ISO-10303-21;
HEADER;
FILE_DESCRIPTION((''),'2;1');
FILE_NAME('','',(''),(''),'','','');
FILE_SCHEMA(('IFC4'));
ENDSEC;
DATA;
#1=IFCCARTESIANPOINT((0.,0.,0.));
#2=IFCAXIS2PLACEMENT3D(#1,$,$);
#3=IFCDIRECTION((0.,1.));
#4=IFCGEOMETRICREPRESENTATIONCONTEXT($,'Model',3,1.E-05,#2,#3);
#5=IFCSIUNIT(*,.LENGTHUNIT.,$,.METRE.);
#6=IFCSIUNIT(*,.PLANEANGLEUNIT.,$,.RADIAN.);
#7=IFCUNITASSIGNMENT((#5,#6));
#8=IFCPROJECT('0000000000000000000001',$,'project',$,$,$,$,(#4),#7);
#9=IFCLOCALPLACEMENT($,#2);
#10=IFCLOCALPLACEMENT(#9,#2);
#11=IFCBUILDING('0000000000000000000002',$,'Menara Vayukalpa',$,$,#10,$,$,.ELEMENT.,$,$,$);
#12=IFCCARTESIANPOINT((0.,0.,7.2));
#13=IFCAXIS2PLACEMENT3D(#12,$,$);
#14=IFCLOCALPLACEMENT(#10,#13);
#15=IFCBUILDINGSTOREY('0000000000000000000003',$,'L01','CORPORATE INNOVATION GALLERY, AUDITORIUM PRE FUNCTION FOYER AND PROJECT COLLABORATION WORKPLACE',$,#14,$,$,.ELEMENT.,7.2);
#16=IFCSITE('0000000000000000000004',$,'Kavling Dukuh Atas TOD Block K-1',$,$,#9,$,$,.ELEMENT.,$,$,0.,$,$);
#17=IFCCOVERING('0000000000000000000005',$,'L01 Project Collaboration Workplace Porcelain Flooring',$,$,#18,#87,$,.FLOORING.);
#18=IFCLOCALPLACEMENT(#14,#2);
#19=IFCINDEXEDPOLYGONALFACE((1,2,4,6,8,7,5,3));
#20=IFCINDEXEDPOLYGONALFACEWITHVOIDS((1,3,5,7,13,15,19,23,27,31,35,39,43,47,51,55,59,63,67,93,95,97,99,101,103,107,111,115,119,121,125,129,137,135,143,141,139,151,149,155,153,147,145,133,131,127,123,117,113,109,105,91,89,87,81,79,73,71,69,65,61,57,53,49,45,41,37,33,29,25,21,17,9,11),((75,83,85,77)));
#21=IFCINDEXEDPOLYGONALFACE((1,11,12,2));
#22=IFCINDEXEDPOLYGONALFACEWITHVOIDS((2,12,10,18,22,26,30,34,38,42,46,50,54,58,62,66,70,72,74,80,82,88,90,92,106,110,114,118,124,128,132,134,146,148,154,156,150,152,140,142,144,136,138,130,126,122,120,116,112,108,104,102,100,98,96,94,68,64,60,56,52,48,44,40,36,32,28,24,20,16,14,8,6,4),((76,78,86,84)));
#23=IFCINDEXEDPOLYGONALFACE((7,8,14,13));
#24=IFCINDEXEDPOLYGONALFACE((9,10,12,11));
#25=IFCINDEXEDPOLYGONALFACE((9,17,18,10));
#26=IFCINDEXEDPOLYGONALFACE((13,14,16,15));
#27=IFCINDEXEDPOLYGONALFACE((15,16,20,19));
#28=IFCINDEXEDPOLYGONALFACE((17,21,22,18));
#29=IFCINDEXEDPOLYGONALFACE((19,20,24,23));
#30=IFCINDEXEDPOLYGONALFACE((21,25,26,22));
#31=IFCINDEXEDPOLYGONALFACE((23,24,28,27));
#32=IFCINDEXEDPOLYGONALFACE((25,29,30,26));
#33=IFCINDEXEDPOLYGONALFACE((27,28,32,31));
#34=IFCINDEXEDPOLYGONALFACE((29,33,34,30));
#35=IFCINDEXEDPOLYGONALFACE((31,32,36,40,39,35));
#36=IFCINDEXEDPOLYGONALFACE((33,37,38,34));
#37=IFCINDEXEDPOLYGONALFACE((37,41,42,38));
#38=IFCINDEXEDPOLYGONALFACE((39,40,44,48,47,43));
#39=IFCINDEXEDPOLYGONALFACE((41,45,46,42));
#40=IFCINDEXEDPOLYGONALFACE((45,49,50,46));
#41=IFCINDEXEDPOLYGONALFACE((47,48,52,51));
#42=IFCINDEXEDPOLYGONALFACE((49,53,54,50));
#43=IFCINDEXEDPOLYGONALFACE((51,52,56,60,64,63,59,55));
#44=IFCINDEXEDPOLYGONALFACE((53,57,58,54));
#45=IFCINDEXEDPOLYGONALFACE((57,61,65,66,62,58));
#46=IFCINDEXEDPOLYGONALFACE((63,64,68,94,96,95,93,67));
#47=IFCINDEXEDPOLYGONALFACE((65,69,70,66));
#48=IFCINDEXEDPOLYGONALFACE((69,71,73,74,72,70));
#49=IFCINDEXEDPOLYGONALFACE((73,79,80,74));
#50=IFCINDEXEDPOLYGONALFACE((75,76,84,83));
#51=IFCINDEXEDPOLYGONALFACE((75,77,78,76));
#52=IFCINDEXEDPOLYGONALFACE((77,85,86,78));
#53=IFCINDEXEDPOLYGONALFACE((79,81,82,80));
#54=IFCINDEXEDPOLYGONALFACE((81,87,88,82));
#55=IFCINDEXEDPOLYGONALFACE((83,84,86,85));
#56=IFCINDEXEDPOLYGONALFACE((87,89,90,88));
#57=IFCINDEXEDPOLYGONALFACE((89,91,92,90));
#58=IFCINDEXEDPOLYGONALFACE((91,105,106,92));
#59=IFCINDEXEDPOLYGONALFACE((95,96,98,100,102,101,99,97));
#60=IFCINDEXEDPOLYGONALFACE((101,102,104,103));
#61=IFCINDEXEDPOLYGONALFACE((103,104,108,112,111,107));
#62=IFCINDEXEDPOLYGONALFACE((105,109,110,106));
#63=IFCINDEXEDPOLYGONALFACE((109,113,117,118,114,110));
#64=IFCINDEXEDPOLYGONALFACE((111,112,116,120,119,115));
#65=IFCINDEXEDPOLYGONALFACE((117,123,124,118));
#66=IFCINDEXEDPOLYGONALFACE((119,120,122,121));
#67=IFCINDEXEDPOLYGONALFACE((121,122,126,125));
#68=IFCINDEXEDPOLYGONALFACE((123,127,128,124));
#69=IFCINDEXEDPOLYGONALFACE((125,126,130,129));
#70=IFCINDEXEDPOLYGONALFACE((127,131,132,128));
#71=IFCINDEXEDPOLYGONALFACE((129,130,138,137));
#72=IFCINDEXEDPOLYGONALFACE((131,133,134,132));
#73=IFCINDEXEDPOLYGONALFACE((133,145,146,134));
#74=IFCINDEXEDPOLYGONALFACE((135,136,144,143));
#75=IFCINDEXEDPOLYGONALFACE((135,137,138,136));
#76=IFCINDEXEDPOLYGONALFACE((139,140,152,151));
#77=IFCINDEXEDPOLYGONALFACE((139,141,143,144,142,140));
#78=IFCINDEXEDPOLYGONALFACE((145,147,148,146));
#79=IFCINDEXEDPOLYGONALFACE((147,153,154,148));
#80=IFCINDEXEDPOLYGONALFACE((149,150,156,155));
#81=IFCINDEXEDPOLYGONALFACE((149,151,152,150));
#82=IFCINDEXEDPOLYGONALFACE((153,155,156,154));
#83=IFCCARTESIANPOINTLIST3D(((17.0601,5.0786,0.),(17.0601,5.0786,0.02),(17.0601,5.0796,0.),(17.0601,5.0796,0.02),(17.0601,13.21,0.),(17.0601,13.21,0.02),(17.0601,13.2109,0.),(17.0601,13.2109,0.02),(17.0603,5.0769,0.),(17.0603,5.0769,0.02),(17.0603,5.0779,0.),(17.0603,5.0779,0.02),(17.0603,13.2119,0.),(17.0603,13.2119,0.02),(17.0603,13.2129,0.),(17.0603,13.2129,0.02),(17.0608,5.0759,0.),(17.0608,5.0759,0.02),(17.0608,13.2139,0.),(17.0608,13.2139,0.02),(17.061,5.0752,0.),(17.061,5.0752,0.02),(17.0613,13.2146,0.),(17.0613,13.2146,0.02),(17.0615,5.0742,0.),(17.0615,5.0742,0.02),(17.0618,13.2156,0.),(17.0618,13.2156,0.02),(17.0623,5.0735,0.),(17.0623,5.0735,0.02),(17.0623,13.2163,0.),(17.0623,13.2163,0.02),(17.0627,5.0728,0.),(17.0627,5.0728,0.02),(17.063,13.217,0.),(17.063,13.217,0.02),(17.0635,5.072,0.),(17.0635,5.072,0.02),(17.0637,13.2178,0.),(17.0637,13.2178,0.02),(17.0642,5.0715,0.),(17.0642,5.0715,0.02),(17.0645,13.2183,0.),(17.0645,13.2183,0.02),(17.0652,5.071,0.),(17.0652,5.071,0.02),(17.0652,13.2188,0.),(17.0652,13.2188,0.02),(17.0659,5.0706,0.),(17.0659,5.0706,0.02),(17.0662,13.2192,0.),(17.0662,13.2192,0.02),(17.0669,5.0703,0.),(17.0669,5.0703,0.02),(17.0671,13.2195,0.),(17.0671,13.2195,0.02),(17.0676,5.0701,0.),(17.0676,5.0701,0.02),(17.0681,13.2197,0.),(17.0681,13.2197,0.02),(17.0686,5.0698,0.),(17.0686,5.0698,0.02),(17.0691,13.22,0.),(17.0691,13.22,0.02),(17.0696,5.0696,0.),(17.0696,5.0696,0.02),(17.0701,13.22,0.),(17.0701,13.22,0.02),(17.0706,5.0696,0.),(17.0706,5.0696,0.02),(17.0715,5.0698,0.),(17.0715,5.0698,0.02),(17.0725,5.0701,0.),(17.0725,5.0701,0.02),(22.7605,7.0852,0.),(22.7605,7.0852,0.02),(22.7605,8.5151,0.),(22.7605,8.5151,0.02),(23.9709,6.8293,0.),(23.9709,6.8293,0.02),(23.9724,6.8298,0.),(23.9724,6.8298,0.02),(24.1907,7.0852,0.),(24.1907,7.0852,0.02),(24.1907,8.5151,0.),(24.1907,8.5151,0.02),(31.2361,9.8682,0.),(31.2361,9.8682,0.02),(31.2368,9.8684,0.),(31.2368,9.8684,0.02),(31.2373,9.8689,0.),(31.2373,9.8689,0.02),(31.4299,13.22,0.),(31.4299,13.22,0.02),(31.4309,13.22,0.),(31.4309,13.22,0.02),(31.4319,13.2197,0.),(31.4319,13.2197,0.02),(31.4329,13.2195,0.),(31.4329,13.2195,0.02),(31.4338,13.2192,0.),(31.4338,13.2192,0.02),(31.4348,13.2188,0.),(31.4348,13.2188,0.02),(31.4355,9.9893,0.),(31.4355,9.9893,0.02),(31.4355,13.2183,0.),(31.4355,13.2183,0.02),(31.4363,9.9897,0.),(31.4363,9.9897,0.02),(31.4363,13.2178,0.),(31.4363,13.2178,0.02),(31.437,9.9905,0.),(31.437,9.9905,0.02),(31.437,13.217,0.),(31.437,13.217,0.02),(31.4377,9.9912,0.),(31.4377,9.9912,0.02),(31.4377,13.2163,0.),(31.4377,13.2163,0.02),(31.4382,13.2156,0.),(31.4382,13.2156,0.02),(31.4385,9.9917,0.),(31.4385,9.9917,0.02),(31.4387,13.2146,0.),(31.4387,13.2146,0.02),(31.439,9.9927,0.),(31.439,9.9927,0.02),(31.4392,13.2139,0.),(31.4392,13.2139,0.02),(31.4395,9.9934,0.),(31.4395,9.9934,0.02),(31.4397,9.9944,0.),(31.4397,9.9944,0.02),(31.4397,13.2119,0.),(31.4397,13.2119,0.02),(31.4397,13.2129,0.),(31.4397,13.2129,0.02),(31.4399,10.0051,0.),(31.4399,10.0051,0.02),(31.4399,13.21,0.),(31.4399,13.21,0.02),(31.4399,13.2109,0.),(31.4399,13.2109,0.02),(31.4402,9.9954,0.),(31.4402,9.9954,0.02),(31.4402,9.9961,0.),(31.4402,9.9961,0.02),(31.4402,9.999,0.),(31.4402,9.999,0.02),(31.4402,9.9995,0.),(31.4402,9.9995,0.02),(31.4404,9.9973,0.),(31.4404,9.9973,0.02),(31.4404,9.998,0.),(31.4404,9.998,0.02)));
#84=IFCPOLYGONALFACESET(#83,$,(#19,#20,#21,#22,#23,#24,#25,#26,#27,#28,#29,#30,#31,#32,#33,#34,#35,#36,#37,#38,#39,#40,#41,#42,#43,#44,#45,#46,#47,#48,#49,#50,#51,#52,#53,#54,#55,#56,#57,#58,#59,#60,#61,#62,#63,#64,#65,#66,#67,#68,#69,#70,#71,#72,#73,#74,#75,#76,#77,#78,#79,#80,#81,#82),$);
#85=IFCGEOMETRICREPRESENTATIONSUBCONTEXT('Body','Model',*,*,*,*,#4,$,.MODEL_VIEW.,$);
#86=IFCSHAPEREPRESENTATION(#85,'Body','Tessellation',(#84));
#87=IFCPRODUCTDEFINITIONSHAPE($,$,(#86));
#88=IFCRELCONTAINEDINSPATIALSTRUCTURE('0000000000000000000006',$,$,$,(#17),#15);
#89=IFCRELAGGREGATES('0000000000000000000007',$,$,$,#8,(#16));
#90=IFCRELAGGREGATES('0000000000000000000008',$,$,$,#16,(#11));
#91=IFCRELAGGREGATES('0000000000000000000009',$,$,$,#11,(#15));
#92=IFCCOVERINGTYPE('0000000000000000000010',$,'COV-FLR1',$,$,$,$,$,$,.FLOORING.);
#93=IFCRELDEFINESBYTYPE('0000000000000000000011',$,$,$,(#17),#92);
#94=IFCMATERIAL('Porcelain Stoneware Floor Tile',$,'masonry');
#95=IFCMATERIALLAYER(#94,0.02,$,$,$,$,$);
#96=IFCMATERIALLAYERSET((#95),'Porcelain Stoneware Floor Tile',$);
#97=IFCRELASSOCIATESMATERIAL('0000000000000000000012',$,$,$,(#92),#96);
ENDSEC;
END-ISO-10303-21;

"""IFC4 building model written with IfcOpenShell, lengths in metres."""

from ifc_helpers import new_model, si_unit, direction, frame, origin, place, context, subcontext, project, spatial, polyline, outline, extrude, material, layer, layer_set, type_object, element, save


model = new_model("IFC4")

# Units and contexts
model_context = context("Model", 3, precision=1e-05, world=origin(), true_north=direction((0.0, 1.0)))
body_context = subcontext(model_context, "Body", "Model", "MODEL_VIEW")
ifc_project = project(units=[si_unit("LENGTHUNIT", "METRE"), si_unit("PLANEANGLEUNIT", "RADIAN")], contexts=[model_context])

# Site, building, storey
site_placement = place(None, origin())
site = spatial("IfcSite", under=ifc_project, at=site_placement, Name="Kavling Dukuh Atas TOD Block K-1", CompositionType="ELEMENT", RefElevation=0.0)
building_placement = place(site_placement, origin())
building = spatial("IfcBuilding", under=site, at=building_placement, Name="Menara Vayukalpa", CompositionType="ELEMENT")
storey_placement = place(building_placement, frame((0.0, 0.0, 7.2)))
storey = spatial("IfcBuildingStorey", under=building, at=storey_placement, Name="L01", Description="CORPORATE INNOVATION GALLERY, AUDITORIUM PRE FUNCTION FOYER AND PROJECT COLLABORATION WORKPLACE", CompositionType="ELEMENT", Elevation=7.2)

# Covering
ifc_material_1 = material(Name="Porcelain Stoneware Floor Tile", Category="masonry")
ifc_layer_1 = layer(ifc_material_1, 0.02)
ifc_layer_set_1 = layer_set([ifc_layer_1], Name="Porcelain Stoneware Floor Tile")
covering_type_1 = type_object("IfcCoveringType", Name="COV-FLR1", PredefinedType="FLOORING", material=ifc_layer_set_1)
covering_1_placement = place(storey_placement, origin())
element("IfcCovering", 1, at=covering_1_placement, inside=storey, type_object=covering_type_1, Name="L01 Project Collaboration Workplace Porcelain Flooring", PredefinedType="FLOORING", context=body_context, shape_type="SweptSolid", body=[
    extrude(outline(polyline([(31.2361, 9.8682), (23.9724, 6.8298), (23.9709, 6.8293), (17.0725, 5.0701), (17.0715, 5.0698), (17.0706, 5.0696), (17.0696, 5.0696), (17.0686, 5.0698), (17.0676, 5.0701), (17.0669, 5.0703), (17.0659, 5.0706), (17.0652, 5.071), (17.0642, 5.0715), (17.0635, 5.072), (17.0627, 5.0728), (17.0623, 5.0735), (17.0615, 5.0742), (17.061, 5.0752), (17.0608, 5.0759), (17.0603, 5.0769), (17.0603, 5.0779), (17.0601, 5.0786), (17.0601, 5.0796), (17.0601, 13.21), (17.0601, 13.2109), (17.0603, 13.2119), (17.0603, 13.2129), (17.0608, 13.2139), (17.0613, 13.2146), (17.0618, 13.2156), (17.0623, 13.2163), (17.063, 13.217), (17.0637, 13.2178), (17.0645, 13.2183), (17.0652, 13.2188), (17.0662, 13.2192), (17.0671, 13.2195), (17.0681, 13.2197), (17.0691, 13.22), (17.0701, 13.22), (31.4299, 13.22), (31.4309, 13.22), (31.4319, 13.2197), (31.4329, 13.2195), (31.4338, 13.2192), (31.4348, 13.2188), (31.4355, 13.2183), (31.4363, 13.2178), (31.437, 13.217), (31.4377, 13.2163), (31.4382, 13.2156), (31.4387, 13.2146), (31.4392, 13.2139), (31.4397, 13.2129), (31.4397, 13.2119), (31.4399, 13.2109), (31.4399, 13.21), (31.4399, 10.0051), (31.4402, 9.9995), (31.4402, 9.999), (31.4404, 9.998), (31.4404, 9.9973), (31.4402, 9.9961), (31.4402, 9.9954), (31.4397, 9.9944), (31.4395, 9.9934), (31.439, 9.9927), (31.4385, 9.9917), (31.4377, 9.9912), (31.437, 9.9905), (31.4363, 9.9897), (31.4355, 9.9893), (31.2373, 9.8689), (31.2368, 9.8684), (31.2361, 9.8682)]), holes=[polyline([(24.1907, 8.5151), (22.7605, 8.5151), (22.7605, 7.0852), (24.1907, 7.0852), (24.1907, 8.5151)])]), origin(), (0.0, 0.0, 1.0), 0.02),
])

save(model, "model.ifc")
